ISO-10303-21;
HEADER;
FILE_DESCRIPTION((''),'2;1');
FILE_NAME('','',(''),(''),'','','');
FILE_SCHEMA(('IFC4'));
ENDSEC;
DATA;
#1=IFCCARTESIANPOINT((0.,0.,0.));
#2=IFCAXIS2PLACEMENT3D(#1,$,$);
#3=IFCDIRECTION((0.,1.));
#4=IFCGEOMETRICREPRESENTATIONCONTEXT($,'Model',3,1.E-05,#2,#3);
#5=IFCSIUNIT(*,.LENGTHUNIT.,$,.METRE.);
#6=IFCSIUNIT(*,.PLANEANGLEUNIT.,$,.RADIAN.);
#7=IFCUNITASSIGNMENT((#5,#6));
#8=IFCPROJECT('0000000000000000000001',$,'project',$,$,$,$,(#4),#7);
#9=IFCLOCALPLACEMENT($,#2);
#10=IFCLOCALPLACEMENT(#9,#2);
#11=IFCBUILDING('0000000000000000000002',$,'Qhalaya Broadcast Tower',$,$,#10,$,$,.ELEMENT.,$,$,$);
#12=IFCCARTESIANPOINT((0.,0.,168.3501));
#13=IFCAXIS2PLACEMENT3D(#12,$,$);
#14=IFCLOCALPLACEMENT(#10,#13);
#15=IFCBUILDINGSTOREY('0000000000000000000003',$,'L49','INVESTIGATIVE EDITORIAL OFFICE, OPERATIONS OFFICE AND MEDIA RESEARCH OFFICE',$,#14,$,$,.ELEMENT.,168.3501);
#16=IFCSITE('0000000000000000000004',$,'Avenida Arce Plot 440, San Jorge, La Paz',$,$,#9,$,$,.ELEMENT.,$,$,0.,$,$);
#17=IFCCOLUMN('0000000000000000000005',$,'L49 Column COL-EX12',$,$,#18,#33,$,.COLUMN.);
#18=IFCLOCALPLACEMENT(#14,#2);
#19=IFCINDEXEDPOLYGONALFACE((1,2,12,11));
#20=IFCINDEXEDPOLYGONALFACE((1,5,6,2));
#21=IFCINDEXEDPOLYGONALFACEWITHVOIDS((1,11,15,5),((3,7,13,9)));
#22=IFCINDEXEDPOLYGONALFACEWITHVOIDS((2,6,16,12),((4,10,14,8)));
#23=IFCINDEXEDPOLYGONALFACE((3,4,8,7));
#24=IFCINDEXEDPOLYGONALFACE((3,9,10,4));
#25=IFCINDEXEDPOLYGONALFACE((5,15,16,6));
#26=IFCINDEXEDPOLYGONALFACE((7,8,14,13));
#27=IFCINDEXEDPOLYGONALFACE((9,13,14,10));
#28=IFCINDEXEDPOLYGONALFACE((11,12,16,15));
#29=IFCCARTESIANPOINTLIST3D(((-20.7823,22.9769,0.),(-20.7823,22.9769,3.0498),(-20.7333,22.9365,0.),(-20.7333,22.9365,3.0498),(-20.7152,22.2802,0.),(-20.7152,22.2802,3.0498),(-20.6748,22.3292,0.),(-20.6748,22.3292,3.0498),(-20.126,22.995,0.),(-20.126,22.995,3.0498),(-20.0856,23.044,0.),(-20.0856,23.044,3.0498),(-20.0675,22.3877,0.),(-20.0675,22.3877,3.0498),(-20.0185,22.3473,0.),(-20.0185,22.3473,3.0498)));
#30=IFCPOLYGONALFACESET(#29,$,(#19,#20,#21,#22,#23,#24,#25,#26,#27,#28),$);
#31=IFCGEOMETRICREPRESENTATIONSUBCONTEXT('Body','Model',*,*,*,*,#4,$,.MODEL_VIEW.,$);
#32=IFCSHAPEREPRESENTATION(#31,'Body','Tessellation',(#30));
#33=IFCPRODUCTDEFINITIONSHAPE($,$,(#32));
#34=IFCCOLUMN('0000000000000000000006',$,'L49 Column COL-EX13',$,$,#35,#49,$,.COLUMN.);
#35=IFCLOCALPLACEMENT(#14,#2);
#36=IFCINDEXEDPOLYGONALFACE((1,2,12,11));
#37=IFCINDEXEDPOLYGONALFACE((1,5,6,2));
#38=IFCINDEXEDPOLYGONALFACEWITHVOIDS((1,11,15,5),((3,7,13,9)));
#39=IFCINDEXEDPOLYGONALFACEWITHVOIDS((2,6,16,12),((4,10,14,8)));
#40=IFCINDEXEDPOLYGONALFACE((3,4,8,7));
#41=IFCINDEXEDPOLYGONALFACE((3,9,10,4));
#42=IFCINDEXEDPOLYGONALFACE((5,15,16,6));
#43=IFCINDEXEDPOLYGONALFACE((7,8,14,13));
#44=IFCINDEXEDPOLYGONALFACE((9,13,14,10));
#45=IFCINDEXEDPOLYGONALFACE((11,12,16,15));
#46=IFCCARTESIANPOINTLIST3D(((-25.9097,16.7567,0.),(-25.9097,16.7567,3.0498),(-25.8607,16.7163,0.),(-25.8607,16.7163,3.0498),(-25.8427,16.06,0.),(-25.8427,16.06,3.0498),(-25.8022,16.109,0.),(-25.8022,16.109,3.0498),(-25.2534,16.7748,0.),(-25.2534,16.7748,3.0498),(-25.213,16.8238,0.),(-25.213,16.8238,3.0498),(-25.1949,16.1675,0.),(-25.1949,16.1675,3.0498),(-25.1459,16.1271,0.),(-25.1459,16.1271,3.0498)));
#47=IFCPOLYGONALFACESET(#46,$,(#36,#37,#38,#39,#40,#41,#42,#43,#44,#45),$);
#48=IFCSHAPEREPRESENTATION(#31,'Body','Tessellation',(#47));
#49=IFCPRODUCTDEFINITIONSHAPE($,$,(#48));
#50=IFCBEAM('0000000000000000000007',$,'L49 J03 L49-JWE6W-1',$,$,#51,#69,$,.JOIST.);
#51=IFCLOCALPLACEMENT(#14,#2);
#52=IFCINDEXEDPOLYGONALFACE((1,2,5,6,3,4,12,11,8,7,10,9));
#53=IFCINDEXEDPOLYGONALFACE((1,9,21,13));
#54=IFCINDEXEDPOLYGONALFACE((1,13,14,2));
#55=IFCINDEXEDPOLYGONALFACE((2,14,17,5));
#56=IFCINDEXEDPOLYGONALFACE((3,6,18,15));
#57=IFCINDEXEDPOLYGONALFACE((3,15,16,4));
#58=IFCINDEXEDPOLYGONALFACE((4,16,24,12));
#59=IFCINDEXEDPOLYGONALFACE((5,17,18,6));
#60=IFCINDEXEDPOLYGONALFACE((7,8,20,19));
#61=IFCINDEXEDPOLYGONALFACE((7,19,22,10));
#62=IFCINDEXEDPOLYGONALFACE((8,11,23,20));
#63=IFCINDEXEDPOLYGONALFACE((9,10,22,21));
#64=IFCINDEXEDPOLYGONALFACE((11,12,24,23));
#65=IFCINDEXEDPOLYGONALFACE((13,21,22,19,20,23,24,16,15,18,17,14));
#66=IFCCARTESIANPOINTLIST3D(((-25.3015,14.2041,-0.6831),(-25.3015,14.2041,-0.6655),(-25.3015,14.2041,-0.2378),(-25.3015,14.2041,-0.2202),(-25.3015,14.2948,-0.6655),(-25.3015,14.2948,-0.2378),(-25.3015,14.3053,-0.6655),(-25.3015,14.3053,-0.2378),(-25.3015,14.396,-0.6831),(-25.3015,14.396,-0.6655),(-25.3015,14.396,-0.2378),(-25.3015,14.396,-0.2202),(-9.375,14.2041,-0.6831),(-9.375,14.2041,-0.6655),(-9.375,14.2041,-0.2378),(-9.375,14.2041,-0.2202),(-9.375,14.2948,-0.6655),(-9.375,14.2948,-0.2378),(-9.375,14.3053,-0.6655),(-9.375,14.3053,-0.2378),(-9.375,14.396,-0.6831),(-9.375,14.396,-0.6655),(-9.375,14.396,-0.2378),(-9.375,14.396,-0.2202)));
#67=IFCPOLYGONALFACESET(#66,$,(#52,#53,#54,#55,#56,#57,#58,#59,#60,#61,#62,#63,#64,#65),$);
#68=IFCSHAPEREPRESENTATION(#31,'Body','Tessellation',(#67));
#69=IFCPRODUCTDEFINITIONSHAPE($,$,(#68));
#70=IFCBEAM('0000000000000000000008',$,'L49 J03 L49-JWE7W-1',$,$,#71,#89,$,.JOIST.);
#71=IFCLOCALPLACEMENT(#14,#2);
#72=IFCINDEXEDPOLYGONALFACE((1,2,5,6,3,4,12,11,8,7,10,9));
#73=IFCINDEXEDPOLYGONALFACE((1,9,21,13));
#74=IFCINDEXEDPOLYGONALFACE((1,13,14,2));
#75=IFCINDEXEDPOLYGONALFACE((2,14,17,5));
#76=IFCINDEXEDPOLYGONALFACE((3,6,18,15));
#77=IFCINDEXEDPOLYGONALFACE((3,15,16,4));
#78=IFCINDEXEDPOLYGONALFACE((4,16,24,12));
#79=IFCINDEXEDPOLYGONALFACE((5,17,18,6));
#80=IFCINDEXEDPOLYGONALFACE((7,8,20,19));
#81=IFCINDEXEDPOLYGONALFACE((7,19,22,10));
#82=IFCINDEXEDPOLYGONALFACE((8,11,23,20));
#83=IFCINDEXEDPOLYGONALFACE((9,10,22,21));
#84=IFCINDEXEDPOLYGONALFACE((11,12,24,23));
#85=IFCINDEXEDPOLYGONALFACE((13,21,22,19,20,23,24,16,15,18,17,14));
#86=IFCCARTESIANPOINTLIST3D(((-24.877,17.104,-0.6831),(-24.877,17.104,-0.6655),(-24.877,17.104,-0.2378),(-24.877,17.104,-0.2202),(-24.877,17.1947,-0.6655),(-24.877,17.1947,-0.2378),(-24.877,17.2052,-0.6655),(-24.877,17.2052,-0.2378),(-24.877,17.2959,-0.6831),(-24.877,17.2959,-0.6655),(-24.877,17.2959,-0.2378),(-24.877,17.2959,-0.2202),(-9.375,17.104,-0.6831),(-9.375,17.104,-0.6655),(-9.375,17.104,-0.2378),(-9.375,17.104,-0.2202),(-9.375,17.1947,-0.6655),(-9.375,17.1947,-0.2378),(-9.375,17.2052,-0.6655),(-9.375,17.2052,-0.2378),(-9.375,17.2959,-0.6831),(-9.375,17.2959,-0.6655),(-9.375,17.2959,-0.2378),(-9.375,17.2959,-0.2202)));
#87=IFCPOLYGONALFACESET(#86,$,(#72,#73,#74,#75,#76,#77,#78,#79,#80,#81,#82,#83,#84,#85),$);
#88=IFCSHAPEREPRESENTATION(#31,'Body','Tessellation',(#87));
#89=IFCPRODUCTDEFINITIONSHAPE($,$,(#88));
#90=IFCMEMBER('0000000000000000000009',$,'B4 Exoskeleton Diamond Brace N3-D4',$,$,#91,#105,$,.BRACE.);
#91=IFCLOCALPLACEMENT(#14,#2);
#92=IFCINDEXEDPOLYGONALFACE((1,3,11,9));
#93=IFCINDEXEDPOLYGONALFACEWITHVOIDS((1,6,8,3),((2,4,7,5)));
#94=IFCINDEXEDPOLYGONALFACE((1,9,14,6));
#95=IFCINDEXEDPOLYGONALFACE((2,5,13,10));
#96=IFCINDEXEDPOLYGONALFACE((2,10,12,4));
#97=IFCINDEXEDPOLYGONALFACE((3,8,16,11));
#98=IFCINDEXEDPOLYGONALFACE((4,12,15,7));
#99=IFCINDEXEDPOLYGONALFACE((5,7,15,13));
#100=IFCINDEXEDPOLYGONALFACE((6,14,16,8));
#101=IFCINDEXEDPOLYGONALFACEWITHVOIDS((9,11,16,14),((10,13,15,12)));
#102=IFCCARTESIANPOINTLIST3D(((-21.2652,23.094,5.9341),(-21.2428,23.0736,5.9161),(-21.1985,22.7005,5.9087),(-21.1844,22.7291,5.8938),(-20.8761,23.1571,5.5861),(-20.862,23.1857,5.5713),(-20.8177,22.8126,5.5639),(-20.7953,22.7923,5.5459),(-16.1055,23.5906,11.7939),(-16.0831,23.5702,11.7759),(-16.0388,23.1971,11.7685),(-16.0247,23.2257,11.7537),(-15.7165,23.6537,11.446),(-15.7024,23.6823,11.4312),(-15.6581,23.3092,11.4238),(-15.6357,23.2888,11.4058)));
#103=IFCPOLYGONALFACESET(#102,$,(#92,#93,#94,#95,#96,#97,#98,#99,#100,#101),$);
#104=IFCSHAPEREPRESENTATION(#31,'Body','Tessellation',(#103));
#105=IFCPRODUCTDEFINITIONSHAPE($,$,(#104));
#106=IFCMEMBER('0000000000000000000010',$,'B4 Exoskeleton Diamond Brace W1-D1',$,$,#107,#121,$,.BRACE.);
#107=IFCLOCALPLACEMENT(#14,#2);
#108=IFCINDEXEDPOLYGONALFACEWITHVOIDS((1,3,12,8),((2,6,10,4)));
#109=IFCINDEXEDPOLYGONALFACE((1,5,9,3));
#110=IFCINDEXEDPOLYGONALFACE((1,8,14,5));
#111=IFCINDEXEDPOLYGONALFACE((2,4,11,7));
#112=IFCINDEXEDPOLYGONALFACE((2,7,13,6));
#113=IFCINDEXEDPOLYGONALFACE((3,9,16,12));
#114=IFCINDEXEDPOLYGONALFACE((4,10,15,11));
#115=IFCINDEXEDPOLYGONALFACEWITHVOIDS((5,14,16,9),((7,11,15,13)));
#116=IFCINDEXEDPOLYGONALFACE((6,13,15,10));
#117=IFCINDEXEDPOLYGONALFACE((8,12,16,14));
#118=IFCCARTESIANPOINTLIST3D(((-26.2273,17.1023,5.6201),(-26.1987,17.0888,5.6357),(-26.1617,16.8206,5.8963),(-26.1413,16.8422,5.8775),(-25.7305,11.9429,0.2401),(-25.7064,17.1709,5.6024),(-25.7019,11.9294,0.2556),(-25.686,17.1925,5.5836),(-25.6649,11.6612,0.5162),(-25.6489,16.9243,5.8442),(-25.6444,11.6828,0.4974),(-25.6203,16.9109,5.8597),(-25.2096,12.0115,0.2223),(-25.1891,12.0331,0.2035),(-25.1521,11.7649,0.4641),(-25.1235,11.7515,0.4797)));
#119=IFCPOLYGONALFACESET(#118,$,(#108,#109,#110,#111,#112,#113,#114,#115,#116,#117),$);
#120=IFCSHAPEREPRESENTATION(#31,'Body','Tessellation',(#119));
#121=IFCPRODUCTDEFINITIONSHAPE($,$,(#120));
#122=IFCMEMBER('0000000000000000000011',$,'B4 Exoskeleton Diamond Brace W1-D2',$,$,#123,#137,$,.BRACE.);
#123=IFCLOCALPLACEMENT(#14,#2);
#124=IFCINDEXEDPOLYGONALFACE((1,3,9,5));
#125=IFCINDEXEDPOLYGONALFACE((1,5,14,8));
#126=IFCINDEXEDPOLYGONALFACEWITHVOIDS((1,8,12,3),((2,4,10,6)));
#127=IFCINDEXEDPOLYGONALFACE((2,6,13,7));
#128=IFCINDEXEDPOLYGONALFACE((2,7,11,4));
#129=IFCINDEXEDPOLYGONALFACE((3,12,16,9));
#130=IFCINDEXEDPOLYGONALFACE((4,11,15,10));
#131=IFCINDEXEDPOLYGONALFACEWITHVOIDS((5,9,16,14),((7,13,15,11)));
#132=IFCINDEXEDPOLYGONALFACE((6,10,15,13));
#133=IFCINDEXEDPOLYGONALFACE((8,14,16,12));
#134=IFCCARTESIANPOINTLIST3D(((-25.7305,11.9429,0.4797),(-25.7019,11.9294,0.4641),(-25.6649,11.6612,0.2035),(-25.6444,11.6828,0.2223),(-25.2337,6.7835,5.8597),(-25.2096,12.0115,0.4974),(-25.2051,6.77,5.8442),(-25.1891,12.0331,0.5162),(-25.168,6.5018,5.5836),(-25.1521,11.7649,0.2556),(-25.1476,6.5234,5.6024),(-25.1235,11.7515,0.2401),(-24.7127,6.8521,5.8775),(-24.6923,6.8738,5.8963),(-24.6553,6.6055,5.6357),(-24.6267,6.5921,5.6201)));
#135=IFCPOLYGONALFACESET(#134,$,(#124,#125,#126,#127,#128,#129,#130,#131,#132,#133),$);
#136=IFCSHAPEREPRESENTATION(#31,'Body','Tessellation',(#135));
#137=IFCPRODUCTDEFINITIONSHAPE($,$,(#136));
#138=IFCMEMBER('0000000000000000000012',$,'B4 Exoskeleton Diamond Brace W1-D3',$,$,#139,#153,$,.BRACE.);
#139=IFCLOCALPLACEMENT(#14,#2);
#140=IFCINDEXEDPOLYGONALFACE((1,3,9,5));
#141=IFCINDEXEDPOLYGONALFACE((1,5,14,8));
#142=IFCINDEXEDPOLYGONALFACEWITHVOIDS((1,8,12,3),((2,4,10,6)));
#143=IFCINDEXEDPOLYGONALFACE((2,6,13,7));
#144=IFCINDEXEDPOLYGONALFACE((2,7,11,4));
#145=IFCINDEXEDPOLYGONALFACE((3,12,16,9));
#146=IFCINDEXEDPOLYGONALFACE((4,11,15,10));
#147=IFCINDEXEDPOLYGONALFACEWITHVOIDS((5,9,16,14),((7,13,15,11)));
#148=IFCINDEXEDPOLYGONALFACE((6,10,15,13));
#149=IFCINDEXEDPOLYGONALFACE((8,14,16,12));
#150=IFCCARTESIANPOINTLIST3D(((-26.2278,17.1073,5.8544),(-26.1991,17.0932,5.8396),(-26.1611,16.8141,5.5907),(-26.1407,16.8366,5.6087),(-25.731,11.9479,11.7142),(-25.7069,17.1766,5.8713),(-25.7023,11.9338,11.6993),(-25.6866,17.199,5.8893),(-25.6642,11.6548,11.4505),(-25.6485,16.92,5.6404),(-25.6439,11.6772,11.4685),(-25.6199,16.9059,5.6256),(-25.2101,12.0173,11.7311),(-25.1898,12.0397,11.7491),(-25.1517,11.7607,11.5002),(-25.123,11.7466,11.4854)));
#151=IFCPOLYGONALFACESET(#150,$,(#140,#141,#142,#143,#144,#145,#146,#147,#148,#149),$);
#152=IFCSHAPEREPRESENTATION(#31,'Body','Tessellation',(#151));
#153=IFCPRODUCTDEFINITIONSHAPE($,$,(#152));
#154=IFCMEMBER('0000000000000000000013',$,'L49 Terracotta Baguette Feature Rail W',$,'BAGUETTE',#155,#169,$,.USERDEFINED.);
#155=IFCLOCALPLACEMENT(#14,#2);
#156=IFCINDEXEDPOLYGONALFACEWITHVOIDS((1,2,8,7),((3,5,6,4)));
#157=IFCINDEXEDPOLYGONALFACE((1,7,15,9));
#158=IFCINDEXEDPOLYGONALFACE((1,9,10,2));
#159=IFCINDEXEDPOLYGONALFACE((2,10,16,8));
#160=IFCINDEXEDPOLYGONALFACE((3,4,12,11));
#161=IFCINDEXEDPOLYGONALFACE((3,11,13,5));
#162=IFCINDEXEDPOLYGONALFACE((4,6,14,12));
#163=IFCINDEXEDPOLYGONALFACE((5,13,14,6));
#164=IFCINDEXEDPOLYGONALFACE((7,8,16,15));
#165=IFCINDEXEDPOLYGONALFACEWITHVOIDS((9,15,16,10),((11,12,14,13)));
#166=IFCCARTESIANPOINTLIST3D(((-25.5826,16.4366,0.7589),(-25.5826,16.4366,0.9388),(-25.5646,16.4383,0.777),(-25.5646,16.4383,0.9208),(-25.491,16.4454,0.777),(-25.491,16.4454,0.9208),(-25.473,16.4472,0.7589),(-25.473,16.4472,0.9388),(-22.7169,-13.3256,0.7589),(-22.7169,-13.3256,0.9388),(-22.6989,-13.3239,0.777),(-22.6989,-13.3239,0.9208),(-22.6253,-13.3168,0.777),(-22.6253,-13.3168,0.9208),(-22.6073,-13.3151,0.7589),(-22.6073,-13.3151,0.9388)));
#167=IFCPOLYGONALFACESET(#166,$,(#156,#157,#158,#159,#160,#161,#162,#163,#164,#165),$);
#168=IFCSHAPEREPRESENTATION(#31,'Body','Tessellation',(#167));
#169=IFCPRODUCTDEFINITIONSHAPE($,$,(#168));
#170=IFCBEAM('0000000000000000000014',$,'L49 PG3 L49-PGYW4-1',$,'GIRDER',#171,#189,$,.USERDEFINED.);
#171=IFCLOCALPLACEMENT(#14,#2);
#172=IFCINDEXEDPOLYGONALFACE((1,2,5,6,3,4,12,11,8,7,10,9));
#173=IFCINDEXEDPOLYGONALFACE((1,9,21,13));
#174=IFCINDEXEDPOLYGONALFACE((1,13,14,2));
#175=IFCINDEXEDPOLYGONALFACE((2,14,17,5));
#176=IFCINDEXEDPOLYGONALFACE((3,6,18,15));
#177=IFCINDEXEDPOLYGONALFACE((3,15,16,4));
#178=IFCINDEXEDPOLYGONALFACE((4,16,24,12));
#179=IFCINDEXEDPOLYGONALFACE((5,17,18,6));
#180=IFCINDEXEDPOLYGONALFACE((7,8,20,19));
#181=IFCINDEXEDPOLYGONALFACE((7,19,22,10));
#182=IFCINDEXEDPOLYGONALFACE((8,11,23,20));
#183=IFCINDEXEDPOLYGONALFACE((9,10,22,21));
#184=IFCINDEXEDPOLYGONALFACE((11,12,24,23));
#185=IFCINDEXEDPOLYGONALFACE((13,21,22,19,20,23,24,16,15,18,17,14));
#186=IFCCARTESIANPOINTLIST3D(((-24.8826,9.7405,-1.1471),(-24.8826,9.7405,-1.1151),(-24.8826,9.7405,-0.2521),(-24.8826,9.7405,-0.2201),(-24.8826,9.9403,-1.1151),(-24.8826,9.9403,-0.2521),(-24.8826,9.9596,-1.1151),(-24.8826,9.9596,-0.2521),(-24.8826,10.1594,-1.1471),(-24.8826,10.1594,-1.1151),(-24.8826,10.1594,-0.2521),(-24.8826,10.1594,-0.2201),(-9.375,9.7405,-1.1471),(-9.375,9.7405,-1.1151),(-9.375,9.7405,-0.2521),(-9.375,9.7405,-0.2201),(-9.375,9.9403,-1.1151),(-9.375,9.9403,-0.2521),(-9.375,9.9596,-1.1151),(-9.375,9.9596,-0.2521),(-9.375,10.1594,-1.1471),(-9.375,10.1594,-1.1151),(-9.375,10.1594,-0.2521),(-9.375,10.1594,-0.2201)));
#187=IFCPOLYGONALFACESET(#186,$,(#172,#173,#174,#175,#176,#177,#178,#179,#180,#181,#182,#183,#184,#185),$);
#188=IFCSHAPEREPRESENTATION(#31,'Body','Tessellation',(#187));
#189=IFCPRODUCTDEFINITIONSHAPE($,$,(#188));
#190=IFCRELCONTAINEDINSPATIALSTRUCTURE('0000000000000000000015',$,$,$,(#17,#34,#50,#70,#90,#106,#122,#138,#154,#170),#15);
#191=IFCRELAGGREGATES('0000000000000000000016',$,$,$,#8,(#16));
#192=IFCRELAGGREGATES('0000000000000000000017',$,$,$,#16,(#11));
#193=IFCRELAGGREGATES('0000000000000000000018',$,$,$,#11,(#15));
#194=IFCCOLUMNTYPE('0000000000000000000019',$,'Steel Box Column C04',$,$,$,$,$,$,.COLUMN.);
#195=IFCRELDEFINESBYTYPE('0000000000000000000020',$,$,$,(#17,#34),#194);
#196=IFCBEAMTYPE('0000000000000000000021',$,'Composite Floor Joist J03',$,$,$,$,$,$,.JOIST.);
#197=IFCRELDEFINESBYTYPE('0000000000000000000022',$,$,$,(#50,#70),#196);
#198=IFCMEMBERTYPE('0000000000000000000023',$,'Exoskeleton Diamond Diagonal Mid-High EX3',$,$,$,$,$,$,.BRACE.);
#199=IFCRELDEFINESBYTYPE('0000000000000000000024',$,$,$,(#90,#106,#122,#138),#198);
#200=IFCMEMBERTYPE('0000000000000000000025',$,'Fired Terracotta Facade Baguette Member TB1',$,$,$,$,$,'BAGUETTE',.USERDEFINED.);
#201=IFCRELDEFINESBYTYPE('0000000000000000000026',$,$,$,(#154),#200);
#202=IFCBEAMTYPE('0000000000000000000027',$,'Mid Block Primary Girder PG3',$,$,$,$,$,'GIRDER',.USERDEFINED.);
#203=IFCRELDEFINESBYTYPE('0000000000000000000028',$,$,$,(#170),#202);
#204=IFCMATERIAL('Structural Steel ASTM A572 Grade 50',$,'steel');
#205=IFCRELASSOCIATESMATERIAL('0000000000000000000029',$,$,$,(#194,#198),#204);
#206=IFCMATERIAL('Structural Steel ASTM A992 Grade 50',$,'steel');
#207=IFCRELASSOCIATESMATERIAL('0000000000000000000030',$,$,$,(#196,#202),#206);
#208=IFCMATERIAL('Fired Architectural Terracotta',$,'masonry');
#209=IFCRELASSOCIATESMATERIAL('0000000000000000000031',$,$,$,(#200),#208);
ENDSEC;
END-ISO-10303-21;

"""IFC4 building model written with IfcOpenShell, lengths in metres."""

from ifc_helpers import new_model, si_unit, direction, frame, origin, origin_2d, place, context, subcontext, project, spatial, hollow_rectangle, i_section, extrude, material, material_profile, profile_set, type_object, element, save


model = new_model("IFC4")

# Units and contexts
model_context = context("Model", 3, precision=1e-05, world=origin(), true_north=direction((0.0, 1.0)))
body_context = subcontext(model_context, "Body", "Model", "MODEL_VIEW")
ifc_project = project(units=[si_unit("LENGTHUNIT", "METRE"), si_unit("PLANEANGLEUNIT", "RADIAN")], contexts=[model_context])

# Site, building, storey
site_placement = place(None, origin())
site = spatial("IfcSite", under=ifc_project, at=site_placement, Name="Avenida Arce Plot 440, San Jorge, La Paz", CompositionType="ELEMENT", RefElevation=0.0)
building_placement = place(site_placement, origin())
building = spatial("IfcBuilding", under=site, at=building_placement, Name="Qhalaya Broadcast Tower", CompositionType="ELEMENT")
storey_placement = place(building_placement, frame((0.0, 0.0, 168.3501)))
storey = spatial("IfcBuildingStorey", under=building, at=storey_placement, Name="L49", Description="INVESTIGATIVE EDITORIAL OFFICE, OPERATIONS OFFICE AND MEDIA RESEARCH OFFICE", CompositionType="ELEMENT", Elevation=168.3501)

# Columns
ifc_material_1 = material(Name="Structural Steel ASTM A572 Grade 50", Category="steel")
ifc_material_profile_1 = material_profile(ifc_material_1, hollow_rectangle(XDim=0.7, YDim=0.7, WallThickness=0.0449, at=origin_2d()), Name="BOX 700x700x45")
ifc_profile_set_1 = profile_set([ifc_material_profile_1], Name="Structural Steel ASTM A572 Grade 50")
column_type = type_object("IfcColumnType", Name="Steel Box Column C04", PredefinedType="COLUMN", material=ifc_profile_set_1)
for number, where, z_axis, x_axis, name in (
    (1, (-20.4004, 22.6621, 0.0), (0.0, 0.0, 1.0), (0.995396, 0.095846, 0.0), "L49 Column COL-EX12"),
    (2, (-25.5278, 16.4419, 0.0), (0.0, 0.0, 1.0), (-0.095846, 0.995396, 0.0), "L49 Column COL-EX13"),
):
    element("IfcColumn", number, at=place(storey_placement, frame(where, z_axis=z_axis, x_axis=x_axis)), inside=storey, type_object=column_type, Name=name, PredefinedType="COLUMN", context=body_context, shape_type="SweptSolid", body=[
        extrude(hollow_rectangle(XDim=0.7, YDim=0.7, WallThickness=0.0449, at=origin_2d()), origin(), (0.0, 0.0, 1.0), 3.0498),
    ])

# Beams
ifc_material_2 = material(Name="Structural Steel ASTM A992 Grade 50", Category="steel")
ifc_material_profile_2 = material_profile(ifc_material_2, i_section(OverallWidth=0.1919, OverallDepth=0.4629, WebThickness=0.0105, FlangeThickness=0.0176, at=origin_2d()), Name="W18X60")
ifc_profile_set_2 = profile_set([ifc_material_profile_2], Name="Structural Steel ASTM A992 Grade 50")
beam_type_1 = type_object("IfcBeamType", Name="Composite Floor Joist J03", PredefinedType="JOIST", material=ifc_profile_set_2)
beam_1_placement = place(storey_placement, frame((-25.3015, 14.3, -0.4517), z_axis=(1.0, 0.0, 0.0), x_axis=(0.0, 1.0, 0.0)))
element("IfcBeam", 3, at=beam_1_placement, inside=storey, type_object=beam_type_1, Name="L49 J03 L49-JWE6W-1", PredefinedType="JOIST", context=body_context, shape_type="SweptSolid", body=[
    extrude(i_section(OverallWidth=0.1919, OverallDepth=0.4629, WebThickness=0.0105, FlangeThickness=0.0176, at=origin_2d()), origin(), (0.0, 0.0, 1.0), 15.9265),
])
beam_2_placement = place(storey_placement, frame((-24.877, 17.2, -0.4517), z_axis=(1.0, 0.0, 0.0), x_axis=(0.0, 1.0, 0.0)))
element("IfcBeam", 4, at=beam_2_placement, inside=storey, type_object=beam_type_1, Name="L49 J03 L49-JWE7W-1", PredefinedType="JOIST", context=body_context, shape_type="SweptSolid", body=[
    extrude(i_section(OverallWidth=0.1919, OverallDepth=0.4629, WebThickness=0.0105, FlangeThickness=0.0176, at=origin_2d()), origin(), (0.0, 0.0, 1.0), 15.502),
])

# Members
ifc_material_profile_3 = material_profile(ifc_material_1, hollow_rectangle(XDim=0.3999, YDim=0.55, WallThickness=0.0249, at=origin_2d()), Name="BOX 400x550x25")
ifc_profile_set_3 = profile_set([ifc_material_profile_3], Name="Structural Steel ASTM A572 Grade 50")
member_type_1 = type_object("IfcMemberType", Name="Exoskeleton Diamond Diagonal Mid-High EX3", PredefinedType="BRACE", material=ifc_profile_set_3)
member_1_placement = place(storey_placement, frame((-21.0303, 22.9431, 5.74), z_axis=(0.659511, 0.063473, 0.74901), x_axis=(-0.166819, 0.98394, 0.063503)))
element("IfcMember", 5, at=member_1_placement, inside=storey, type_object=member_type_1, Name="B4 Exoskeleton Diamond Brace N3-D4", PredefinedType="BRACE", context=body_context, shape_type="SweptSolid", body=[
    extrude(hollow_rectangle(XDim=0.3999, YDim=0.55, WallThickness=0.0249, at=origin_2d()), origin(), (0.0, 0.0, 1.0), 7.8235),
])
for number, where, z_axis, x_axis, name in (
    (6, (-25.427, 11.8472, 0.3599), (-0.066503, 0.690616, 0.720158), (0.164115, -0.704355, 0.690616), "B4 Exoskeleton Diamond Brace W1-D1"),
    (7, (-25.427, 11.8472, 0.3599), (0.066503, -0.690616, 0.720158), (-0.164115, 0.704355, 0.690616), "B4 Exoskeleton Diamond Brace W1-D2"),
):
    element("IfcMember", number, at=place(storey_placement, frame(where, z_axis=z_axis, x_axis=x_axis)), inside=storey, type_object=member_type_1, Name=name, PredefinedType="BRACE", context=body_context, shape_type="SweptSolid", body=[
        extrude(hollow_rectangle(XDim=0.3999, YDim=0.55, WallThickness=0.0249, at=origin_2d()), origin(), (0.0, 0.0, 1.0), 7.4707),
    ])
member_2_placement = place(storey_placement, frame((-25.9238, 17.0066, 5.74), z_axis=(0.063506, -0.659492, 0.749024), x_axis=(-0.166869, 0.732956, 0.659492)))
element("IfcMember", 8, at=member_2_placement, inside=storey, type_object=member_type_1, Name="B4 Exoskeleton Diamond Brace W1-D3", PredefinedType="BRACE", context=body_context, shape_type="SweptSolid", body=[
    extrude(hollow_rectangle(XDim=0.3999, YDim=0.55, WallThickness=0.0249, at=origin_2d()), origin(), (0.0, 0.0, 1.0), 7.8232),
])
ifc_material_3 = material(Name="Fired Architectural Terracotta", Category="masonry")
ifc_material_profile_4 = material_profile(ifc_material_3, hollow_rectangle(XDim=0.1101, YDim=0.1799, WallThickness=0.0181, at=origin_2d()), Name="TB-BAG 110x180x18")
ifc_profile_set_4 = profile_set([ifc_material_profile_4], Name="Fired Architectural Terracotta")
member_type_2 = type_object("IfcMemberType", Name="Fired Terracotta Facade Baguette Member TB1", ElementType="BAGUETTE", PredefinedType="USERDEFINED", material=ifc_profile_set_4)
member_3_placement = place(storey_placement, frame((-25.5278, 16.4419, 0.8489), z_axis=(0.095844, -0.995396, 0.0), x_axis=(0.995396, 0.095844, 0.0)))
element("IfcMember", 9, at=member_3_placement, inside=storey, type_object=member_type_2, Name="L49 Terracotta Baguette Feature Rail W", ObjectType="BAGUETTE", PredefinedType="USERDEFINED", context=body_context, shape_type="SweptSolid", body=[
    extrude(hollow_rectangle(XDim=0.1101, YDim=0.1799, WallThickness=0.0181, at=origin_2d()), origin(), (0.0, 0.0, 1.0), 29.8999),
])

# Beam
ifc_material_profile_5 = material_profile(ifc_material_2, i_section(OverallWidth=0.4189, OverallDepth=0.927, WebThickness=0.0193, FlangeThickness=0.032, at=origin_2d()), Name="W36X231")
ifc_profile_set_5 = profile_set([ifc_material_profile_5], Name="Structural Steel ASTM A992 Grade 50")
beam_type_2 = type_object("IfcBeamType", Name="Mid Block Primary Girder PG3", ElementType="GIRDER", PredefinedType="USERDEFINED", material=ifc_profile_set_5)
beam_3_placement = place(storey_placement, frame((-24.8826, 9.95, -0.6836), z_axis=(1.0, 0.0, 0.0), x_axis=(0.0, 1.0, 0.0)))
element("IfcBeam", 10, at=beam_3_placement, inside=storey, type_object=beam_type_2, Name="L49 PG3 L49-PGYW4-1", ObjectType="GIRDER", PredefinedType="USERDEFINED", context=body_context, shape_type="SweptSolid", body=[
    extrude(i_section(OverallWidth=0.4189, OverallDepth=0.927, WebThickness=0.0193, FlangeThickness=0.032, at=origin_2d()), origin(), (0.0, 0.0, 1.0), 15.5076),
])

save(model, "model.ifc")
